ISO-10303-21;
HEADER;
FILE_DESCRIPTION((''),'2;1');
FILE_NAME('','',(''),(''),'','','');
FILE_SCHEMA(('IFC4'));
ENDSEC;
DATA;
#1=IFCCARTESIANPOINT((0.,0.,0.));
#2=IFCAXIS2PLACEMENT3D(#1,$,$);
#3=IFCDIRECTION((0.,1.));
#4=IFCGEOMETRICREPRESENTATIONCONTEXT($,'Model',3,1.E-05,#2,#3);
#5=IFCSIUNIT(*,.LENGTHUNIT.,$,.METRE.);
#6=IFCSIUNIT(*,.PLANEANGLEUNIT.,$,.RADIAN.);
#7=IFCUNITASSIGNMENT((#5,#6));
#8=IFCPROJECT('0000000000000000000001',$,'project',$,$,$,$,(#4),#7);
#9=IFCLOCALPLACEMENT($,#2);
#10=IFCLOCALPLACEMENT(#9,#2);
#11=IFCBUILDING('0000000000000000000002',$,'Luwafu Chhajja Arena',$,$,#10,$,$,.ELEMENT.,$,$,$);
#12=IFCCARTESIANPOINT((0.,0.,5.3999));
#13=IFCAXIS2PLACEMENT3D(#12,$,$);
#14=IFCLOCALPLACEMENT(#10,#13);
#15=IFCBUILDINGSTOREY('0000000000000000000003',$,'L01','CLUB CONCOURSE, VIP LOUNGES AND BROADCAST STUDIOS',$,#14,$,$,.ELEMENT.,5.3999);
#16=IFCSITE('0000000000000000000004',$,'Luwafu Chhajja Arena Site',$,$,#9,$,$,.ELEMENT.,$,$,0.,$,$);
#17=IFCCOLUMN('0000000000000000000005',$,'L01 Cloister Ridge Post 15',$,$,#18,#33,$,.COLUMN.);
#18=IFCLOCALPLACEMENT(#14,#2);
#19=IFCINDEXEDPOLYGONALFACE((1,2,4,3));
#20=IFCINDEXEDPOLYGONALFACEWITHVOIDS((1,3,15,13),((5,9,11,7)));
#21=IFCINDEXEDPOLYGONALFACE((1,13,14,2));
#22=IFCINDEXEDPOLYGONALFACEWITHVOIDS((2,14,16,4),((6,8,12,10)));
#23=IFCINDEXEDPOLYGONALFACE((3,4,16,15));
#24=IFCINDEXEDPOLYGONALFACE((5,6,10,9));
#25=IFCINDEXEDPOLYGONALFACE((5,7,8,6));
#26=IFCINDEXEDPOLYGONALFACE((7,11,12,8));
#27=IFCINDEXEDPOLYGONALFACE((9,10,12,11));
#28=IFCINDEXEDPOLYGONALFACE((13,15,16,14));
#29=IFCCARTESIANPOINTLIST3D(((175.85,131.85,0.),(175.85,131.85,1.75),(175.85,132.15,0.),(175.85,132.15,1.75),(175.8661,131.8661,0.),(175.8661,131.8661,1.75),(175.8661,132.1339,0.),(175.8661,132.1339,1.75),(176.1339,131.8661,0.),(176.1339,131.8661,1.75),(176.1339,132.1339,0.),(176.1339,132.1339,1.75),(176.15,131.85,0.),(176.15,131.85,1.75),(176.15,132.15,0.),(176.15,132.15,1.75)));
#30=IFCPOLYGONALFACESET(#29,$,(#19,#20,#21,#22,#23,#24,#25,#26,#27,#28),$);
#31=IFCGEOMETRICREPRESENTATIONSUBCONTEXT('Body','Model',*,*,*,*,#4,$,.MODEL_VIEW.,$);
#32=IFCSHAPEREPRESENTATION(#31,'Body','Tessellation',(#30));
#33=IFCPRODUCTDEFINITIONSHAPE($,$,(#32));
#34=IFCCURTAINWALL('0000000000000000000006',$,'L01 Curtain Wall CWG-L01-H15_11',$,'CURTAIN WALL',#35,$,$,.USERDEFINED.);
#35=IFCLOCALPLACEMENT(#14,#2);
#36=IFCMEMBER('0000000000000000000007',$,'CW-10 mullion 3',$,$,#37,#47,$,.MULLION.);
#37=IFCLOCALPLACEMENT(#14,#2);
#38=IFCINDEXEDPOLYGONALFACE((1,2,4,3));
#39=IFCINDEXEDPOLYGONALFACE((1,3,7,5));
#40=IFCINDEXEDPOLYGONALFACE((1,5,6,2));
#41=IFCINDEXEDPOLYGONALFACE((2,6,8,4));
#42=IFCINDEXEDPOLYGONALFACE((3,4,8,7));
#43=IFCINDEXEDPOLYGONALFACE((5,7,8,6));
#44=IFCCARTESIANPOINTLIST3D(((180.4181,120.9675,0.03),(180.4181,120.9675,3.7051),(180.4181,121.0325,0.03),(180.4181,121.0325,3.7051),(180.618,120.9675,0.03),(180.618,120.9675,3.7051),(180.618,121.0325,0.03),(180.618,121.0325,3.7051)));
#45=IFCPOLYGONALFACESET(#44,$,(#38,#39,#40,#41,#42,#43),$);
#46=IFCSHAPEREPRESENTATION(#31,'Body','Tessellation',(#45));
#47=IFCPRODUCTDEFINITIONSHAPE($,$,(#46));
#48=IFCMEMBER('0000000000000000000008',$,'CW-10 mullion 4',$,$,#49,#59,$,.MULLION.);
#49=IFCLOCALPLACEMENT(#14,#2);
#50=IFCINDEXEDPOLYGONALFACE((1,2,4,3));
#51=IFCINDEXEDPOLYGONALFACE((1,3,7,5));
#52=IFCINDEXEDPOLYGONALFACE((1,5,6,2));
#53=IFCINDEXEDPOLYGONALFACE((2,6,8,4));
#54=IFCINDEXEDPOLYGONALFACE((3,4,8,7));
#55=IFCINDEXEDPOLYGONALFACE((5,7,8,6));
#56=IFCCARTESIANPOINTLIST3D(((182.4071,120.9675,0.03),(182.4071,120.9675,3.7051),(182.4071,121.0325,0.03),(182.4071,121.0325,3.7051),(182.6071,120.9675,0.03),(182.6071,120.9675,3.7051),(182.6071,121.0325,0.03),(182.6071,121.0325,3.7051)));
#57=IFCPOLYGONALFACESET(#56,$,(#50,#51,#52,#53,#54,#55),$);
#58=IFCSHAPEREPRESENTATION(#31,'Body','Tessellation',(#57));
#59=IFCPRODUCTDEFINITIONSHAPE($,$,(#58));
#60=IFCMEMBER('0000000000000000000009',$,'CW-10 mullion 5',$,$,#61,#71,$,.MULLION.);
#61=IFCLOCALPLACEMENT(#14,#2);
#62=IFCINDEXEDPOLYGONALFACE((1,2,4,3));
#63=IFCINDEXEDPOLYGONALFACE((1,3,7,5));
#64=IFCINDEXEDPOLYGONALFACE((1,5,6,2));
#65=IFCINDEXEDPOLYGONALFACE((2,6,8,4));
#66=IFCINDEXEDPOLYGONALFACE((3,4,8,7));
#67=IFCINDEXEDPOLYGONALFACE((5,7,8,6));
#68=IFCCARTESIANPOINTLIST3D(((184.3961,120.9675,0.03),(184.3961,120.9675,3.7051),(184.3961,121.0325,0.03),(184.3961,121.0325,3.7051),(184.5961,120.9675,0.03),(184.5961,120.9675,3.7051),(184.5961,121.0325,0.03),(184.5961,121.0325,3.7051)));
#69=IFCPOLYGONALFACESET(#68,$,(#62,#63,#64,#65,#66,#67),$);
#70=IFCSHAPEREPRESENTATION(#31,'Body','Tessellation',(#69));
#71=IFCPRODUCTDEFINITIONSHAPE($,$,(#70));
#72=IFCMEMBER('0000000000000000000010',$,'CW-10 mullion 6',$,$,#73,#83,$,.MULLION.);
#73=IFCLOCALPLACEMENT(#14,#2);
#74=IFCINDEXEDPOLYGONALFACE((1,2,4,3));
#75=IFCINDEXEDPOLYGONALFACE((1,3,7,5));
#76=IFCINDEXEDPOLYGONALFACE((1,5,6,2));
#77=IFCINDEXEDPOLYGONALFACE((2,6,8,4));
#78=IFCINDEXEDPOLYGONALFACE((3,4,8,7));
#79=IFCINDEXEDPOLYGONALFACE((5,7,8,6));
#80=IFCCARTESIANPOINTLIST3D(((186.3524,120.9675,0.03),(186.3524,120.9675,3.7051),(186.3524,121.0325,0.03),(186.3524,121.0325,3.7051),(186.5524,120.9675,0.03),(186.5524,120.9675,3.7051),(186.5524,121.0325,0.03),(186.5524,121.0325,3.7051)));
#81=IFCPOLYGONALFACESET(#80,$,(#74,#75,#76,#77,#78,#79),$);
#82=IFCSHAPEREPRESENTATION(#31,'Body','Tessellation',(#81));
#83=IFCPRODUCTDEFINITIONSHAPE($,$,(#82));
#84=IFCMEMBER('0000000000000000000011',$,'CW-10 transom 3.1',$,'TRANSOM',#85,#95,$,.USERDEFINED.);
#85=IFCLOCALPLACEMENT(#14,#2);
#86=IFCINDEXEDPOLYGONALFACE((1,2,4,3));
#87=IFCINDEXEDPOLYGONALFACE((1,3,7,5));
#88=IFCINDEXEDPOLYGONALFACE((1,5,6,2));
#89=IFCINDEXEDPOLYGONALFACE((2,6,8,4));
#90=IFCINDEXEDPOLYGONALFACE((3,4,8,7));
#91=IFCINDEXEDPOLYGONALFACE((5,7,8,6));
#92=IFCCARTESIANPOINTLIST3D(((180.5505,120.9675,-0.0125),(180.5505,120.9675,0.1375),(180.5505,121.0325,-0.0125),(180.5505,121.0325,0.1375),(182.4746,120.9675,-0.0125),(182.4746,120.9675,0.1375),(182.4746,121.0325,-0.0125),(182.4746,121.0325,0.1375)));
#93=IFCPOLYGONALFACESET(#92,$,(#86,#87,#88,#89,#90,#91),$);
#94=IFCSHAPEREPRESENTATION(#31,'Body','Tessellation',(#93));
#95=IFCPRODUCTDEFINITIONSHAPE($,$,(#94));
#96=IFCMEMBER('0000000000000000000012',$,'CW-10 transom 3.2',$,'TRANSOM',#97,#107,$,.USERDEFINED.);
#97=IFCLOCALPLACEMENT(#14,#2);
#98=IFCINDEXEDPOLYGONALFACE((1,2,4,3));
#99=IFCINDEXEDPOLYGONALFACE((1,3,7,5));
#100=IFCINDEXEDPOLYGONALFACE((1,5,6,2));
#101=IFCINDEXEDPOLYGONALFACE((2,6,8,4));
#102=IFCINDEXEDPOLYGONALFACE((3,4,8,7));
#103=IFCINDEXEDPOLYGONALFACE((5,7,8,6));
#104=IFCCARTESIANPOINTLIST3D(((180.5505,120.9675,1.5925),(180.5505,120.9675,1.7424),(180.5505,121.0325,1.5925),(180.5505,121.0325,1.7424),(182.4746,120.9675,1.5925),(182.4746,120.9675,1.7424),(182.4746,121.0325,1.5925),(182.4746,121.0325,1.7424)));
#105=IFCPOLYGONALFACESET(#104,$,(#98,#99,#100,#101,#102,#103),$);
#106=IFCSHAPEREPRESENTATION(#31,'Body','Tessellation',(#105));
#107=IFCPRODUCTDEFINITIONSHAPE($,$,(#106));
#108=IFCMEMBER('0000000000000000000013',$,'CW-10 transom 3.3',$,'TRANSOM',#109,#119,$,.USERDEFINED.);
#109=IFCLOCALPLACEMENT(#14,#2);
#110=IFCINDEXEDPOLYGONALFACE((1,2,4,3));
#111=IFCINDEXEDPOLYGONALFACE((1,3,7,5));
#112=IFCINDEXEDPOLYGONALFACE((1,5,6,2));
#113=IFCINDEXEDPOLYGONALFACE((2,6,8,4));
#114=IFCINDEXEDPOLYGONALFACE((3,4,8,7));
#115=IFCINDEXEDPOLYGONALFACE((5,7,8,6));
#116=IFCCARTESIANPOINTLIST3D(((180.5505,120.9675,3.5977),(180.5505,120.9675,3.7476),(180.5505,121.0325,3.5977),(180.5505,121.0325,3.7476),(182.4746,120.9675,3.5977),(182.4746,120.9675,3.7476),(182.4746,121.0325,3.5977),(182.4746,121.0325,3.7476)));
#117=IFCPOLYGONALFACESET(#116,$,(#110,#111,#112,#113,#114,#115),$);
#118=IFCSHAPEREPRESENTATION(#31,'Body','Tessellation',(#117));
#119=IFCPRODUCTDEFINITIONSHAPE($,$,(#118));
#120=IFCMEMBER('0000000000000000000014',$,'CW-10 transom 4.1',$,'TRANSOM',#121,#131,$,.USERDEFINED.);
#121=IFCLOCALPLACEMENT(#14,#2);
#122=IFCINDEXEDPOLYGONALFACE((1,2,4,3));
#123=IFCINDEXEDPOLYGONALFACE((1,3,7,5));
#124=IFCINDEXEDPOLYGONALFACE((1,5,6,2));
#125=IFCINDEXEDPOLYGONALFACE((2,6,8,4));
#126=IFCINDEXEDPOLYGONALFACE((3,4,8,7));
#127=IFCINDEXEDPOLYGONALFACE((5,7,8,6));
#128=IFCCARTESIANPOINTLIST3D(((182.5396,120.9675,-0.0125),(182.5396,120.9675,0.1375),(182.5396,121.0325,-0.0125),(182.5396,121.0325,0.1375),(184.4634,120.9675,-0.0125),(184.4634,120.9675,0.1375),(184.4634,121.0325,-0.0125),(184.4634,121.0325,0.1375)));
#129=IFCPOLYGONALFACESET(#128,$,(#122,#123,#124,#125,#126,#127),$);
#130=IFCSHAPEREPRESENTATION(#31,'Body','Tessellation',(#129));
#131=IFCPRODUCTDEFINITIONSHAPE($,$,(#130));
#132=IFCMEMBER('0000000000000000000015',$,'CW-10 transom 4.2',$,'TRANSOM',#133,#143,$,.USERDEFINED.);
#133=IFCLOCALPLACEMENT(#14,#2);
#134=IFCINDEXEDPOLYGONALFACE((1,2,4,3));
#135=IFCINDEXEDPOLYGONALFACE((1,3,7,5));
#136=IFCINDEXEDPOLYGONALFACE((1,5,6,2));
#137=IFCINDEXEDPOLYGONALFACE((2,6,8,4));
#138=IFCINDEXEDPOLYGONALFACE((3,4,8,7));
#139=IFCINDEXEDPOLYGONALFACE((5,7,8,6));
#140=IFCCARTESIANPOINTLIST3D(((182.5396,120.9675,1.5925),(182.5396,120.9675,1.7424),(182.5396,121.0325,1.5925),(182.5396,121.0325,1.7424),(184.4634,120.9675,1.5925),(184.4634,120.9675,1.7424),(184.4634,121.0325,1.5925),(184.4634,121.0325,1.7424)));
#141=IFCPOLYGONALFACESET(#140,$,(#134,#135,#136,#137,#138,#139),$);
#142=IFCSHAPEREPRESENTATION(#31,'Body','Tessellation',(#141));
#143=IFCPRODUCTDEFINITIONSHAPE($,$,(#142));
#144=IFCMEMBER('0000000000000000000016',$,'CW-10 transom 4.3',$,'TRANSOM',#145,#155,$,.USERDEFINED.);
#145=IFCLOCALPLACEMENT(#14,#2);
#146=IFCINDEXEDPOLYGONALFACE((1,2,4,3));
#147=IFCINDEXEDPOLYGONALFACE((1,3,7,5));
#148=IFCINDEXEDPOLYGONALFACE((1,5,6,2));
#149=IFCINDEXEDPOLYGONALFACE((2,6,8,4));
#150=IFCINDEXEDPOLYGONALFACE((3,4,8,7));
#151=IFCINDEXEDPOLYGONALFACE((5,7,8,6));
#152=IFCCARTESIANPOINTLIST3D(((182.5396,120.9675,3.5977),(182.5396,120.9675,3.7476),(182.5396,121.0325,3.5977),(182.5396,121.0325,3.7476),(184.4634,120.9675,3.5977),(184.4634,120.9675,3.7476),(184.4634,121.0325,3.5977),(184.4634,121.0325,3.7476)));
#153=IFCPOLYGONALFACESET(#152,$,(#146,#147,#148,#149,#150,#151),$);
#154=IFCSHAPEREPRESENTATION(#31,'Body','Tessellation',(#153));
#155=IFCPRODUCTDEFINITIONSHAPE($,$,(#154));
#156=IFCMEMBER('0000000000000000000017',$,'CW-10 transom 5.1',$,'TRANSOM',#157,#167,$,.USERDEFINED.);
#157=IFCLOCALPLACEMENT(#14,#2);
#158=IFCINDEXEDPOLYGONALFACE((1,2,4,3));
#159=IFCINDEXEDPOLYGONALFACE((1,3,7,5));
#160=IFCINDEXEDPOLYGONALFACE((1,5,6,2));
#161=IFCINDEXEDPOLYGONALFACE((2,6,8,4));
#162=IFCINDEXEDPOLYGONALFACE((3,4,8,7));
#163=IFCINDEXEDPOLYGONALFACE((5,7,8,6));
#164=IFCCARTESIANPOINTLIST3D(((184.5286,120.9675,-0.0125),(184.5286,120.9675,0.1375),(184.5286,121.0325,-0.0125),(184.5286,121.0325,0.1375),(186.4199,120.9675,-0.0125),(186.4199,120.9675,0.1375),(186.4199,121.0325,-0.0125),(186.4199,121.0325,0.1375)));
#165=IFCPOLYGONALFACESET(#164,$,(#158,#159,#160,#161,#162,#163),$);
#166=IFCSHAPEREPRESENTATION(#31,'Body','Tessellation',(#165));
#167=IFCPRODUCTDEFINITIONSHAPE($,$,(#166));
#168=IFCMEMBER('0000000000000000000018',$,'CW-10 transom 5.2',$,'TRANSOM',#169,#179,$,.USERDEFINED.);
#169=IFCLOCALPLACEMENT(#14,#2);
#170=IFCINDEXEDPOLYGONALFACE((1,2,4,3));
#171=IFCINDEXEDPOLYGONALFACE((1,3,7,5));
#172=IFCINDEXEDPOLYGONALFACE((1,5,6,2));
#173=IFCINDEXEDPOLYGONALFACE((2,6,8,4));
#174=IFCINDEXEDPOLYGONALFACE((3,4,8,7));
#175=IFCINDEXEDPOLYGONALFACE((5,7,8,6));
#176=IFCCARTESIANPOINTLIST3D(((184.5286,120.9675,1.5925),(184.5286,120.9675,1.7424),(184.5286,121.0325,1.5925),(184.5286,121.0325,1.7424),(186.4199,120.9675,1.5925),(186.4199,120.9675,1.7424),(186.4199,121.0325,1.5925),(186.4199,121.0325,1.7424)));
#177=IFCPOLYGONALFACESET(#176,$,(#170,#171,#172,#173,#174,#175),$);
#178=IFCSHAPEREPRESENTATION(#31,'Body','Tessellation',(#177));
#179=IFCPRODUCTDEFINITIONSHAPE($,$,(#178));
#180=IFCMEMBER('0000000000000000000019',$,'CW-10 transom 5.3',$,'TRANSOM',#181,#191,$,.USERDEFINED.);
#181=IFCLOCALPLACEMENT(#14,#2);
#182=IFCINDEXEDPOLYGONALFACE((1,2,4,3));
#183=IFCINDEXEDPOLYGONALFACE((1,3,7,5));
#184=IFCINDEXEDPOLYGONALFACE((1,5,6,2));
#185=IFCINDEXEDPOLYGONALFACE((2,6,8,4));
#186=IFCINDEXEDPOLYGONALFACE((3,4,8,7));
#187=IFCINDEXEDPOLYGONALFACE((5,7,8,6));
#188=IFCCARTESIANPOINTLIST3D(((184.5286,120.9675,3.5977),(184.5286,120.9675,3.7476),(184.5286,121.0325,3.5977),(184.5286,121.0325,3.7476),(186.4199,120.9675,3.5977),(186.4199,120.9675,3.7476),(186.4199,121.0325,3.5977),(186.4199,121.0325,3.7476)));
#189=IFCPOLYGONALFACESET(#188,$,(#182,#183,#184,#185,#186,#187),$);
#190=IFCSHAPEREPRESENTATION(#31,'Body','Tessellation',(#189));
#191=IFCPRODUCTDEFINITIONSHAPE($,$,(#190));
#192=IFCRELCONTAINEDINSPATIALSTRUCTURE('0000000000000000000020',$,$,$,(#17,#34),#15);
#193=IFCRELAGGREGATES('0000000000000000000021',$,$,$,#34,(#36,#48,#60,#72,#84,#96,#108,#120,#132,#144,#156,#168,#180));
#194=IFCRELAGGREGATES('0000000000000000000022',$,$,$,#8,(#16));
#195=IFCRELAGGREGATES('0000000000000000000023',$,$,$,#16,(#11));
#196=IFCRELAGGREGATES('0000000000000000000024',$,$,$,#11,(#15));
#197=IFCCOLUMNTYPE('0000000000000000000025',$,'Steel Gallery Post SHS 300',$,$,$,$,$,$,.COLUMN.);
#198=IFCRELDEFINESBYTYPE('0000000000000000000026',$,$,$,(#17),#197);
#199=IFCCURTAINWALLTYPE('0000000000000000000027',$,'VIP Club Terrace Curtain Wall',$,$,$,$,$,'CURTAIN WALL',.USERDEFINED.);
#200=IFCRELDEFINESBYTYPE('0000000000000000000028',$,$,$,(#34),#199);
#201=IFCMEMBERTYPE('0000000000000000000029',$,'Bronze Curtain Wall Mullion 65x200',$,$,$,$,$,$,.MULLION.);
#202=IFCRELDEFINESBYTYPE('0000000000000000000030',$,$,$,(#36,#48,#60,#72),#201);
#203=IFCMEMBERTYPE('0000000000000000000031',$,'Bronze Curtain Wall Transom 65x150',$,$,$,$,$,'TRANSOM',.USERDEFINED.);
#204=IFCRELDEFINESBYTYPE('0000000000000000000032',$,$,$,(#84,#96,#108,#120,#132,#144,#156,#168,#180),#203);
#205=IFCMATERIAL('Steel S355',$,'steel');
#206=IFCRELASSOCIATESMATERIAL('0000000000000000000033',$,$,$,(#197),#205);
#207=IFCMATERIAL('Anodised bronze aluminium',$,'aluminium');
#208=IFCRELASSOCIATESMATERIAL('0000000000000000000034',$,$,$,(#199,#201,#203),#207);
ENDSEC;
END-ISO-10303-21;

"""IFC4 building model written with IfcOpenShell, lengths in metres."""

from ifc_helpers import new_model, si_unit, direction, frame, origin, origin_2d, place, context, subcontext, project, spatial, rectangle, hollow_rectangle, extrude, material, material_profile, profile_set, type_object, element, aggregate, save


model = new_model("IFC4")

# Units and contexts
model_context = context("Model", 3, precision=1e-05, world=origin(), true_north=direction((0.0, 1.0)))
body_context = subcontext(model_context, "Body", "Model", "MODEL_VIEW")
ifc_project = project(units=[si_unit("LENGTHUNIT", "METRE"), si_unit("PLANEANGLEUNIT", "RADIAN")], contexts=[model_context])

# Site, building, storey
site_placement = place(None, origin())
site = spatial("IfcSite", under=ifc_project, at=site_placement, Name="Luwafu Chhajja Arena Site", CompositionType="ELEMENT", RefElevation=0.0)
building_placement = place(site_placement, origin())
building = spatial("IfcBuilding", under=site, at=building_placement, Name="Luwafu Chhajja Arena", CompositionType="ELEMENT")
storey_placement = place(building_placement, frame((0.0, 0.0, 5.3999)))
storey = spatial("IfcBuildingStorey", under=building, at=storey_placement, Name="L01", Description="CLUB CONCOURSE, VIP LOUNGES AND BROADCAST STUDIOS", CompositionType="ELEMENT", Elevation=5.3999)

# Column
ifc_material_1 = material(Name="Steel S355", Category="steel")
ifc_material_profile_1 = material_profile(ifc_material_1, hollow_rectangle(XDim=0.3, YDim=0.3, WallThickness=0.0161, at=origin_2d()), Name="SHS 300x300x16")
ifc_profile_set_1 = profile_set([ifc_material_profile_1], Name="Steel S355")
column_type = type_object("IfcColumnType", Name="Steel Gallery Post SHS 300", PredefinedType="COLUMN", material=ifc_profile_set_1)
column_placement = place(storey_placement, frame((176.0, 132.0, 0.0), z_axis=(0.0, 0.0, 1.0), x_axis=(1.0, 0.0, 0.0)))
element("IfcColumn", 1, at=column_placement, inside=storey, type_object=column_type, Name="L01 Cloister Ridge Post 15", PredefinedType="COLUMN", context=body_context, shape_type="SweptSolid", body=[
    extrude(hollow_rectangle(XDim=0.3, YDim=0.3, WallThickness=0.0161, at=origin_2d()), origin(), (0.0, 0.0, 1.0), 1.75),
])

# Curtain wall, members
ifc_material_2 = material(Name="Anodised bronze aluminium", Category="aluminium")
curtain_wall_type = type_object("IfcCurtainWallType", Name="VIP Club Terrace Curtain Wall", ElementType="CURTAIN WALL", PredefinedType="USERDEFINED", material=ifc_material_2)
curtain_wall_placement = place(storey_placement, origin())
curtain_wall = element("IfcCurtainWall", 2, at=curtain_wall_placement, inside=storey, type_object=curtain_wall_type, Name="L01 Curtain Wall CWG-L01-H15_11", ObjectType="CURTAIN WALL", PredefinedType="USERDEFINED")
ifc_material_profile_2 = material_profile(ifc_material_2, rectangle(XDim=0.0649, YDim=0.2, at=origin_2d()), Name="CWM 65x200")
ifc_profile_set_2 = profile_set([ifc_material_profile_2], Name="Anodised bronze aluminium")
member_type_1 = type_object("IfcMemberType", Name="Bronze Curtain Wall Mullion 65x200", PredefinedType="MULLION", material=ifc_profile_set_2)
member_1_placement = place(storey_placement, frame((180.5181, 121.0, 0.03), z_axis=(0.0, 0.0, 1.0), x_axis=(0.0, 1.0, 0.0)))
member_1 = element("IfcMember", 3, at=member_1_placement, type_object=member_type_1, Name="CW-10 mullion 3", PredefinedType="MULLION", context=body_context, shape_type="SweptSolid", body=[
    extrude(rectangle(XDim=0.0649, YDim=0.2, at=origin_2d()), origin(), (0.0, 0.0, 1.0), 3.675),
])
member_2_placement = place(storey_placement, frame((182.5071, 121.0, 0.03), z_axis=(0.0, 0.0, 1.0), x_axis=(0.0, 1.0, 0.0)))
member_2 = element("IfcMember", 4, at=member_2_placement, type_object=member_type_1, Name="CW-10 mullion 4", PredefinedType="MULLION", context=body_context, shape_type="SweptSolid", body=[
    extrude(rectangle(XDim=0.0649, YDim=0.2, at=origin_2d()), origin(), (0.0, 0.0, 1.0), 3.675),
])
member_3_placement = place(storey_placement, frame((184.4961, 121.0, 0.03), z_axis=(0.0, 0.0, 1.0), x_axis=(0.0, 1.0, 0.0)))
member_3 = element("IfcMember", 5, at=member_3_placement, type_object=member_type_1, Name="CW-10 mullion 5", PredefinedType="MULLION", context=body_context, shape_type="SweptSolid", body=[
    extrude(rectangle(XDim=0.0649, YDim=0.2, at=origin_2d()), origin(), (0.0, 0.0, 1.0), 3.675),
])
member_4_placement = place(storey_placement, frame((186.4524, 121.0, 0.03), z_axis=(0.0, 0.0, 1.0), x_axis=(0.0, 1.0, 0.0)))
member_4 = element("IfcMember", 6, at=member_4_placement, type_object=member_type_1, Name="CW-10 mullion 6", PredefinedType="MULLION", context=body_context, shape_type="SweptSolid", body=[
    extrude(rectangle(XDim=0.0649, YDim=0.2, at=origin_2d()), origin(), (0.0, 0.0, 1.0), 3.675),
])
ifc_material_profile_3 = material_profile(ifc_material_2, rectangle(XDim=0.0649, YDim=0.1499, at=origin_2d()), Name="CWT 65x150")
ifc_profile_set_3 = profile_set([ifc_material_profile_3], Name="Anodised bronze aluminium")
member_type_2 = type_object("IfcMemberType", Name="Bronze Curtain Wall Transom 65x150", ElementType="TRANSOM", PredefinedType="USERDEFINED", material=ifc_profile_set_3)
member_5_placement = place(storey_placement, frame((180.5505, 121.0, 0.0625), z_axis=(1.0, 0.0, 0.0), x_axis=(0.0, 1.0, 0.0)))
member_5 = element("IfcMember", 7, at=member_5_placement, type_object=member_type_2, Name="CW-10 transom 3.1", ObjectType="TRANSOM", PredefinedType="USERDEFINED", context=body_context, shape_type="SweptSolid", body=[
    extrude(rectangle(XDim=0.0649, YDim=0.1499, at=origin_2d()), origin(), (0.0, 0.0, 1.0), 1.9241),
])
member_6_placement = place(storey_placement, frame((180.5505, 121.0, 1.6675), z_axis=(1.0, 0.0, 0.0), x_axis=(0.0, 1.0, 0.0)))
member_6 = element("IfcMember", 8, at=member_6_placement, type_object=member_type_2, Name="CW-10 transom 3.2", ObjectType="TRANSOM", PredefinedType="USERDEFINED", context=body_context, shape_type="SweptSolid", body=[
    extrude(rectangle(XDim=0.0649, YDim=0.1499, at=origin_2d()), origin(), (0.0, 0.0, 1.0), 1.9241),
])
member_7_placement = place(storey_placement, frame((180.5505, 121.0, 3.6726), z_axis=(1.0, 0.0, 0.0), x_axis=(0.0, 1.0, 0.0)))
member_7 = element("IfcMember", 9, at=member_7_placement, type_object=member_type_2, Name="CW-10 transom 3.3", ObjectType="TRANSOM", PredefinedType="USERDEFINED", context=body_context, shape_type="SweptSolid", body=[
    extrude(rectangle(XDim=0.0649, YDim=0.1499, at=origin_2d()), origin(), (0.0, 0.0, 1.0), 1.9241),
])
member_8_placement = place(storey_placement, frame((182.5396, 121.0, 0.0625), z_axis=(1.0, 0.0, 0.0), x_axis=(0.0, 1.0, 0.0)))
member_8 = element("IfcMember", 10, at=member_8_placement, type_object=member_type_2, Name="CW-10 transom 4.1", ObjectType="TRANSOM", PredefinedType="USERDEFINED", context=body_context, shape_type="SweptSolid", body=[
    extrude(rectangle(XDim=0.0649, YDim=0.1499, at=origin_2d()), origin(), (0.0, 0.0, 1.0), 1.9238),
])
member_9_placement = place(storey_placement, frame((182.5396, 121.0, 1.6675), z_axis=(1.0, 0.0, 0.0), x_axis=(0.0, 1.0, 0.0)))
member_9 = element("IfcMember", 11, at=member_9_placement, type_object=member_type_2, Name="CW-10 transom 4.2", ObjectType="TRANSOM", PredefinedType="USERDEFINED", context=body_context, shape_type="SweptSolid", body=[
    extrude(rectangle(XDim=0.0649, YDim=0.1499, at=origin_2d()), origin(), (0.0, 0.0, 1.0), 1.9238),
])
member_10_placement = place(storey_placement, frame((182.5396, 121.0, 3.6726), z_axis=(1.0, 0.0, 0.0), x_axis=(0.0, 1.0, 0.0)))
member_10 = element("IfcMember", 12, at=member_10_placement, type_object=member_type_2, Name="CW-10 transom 4.3", ObjectType="TRANSOM", PredefinedType="USERDEFINED", context=body_context, shape_type="SweptSolid", body=[
    extrude(rectangle(XDim=0.0649, YDim=0.1499, at=origin_2d()), origin(), (0.0, 0.0, 1.0), 1.9238),
])
member_11_placement = place(storey_placement, frame((184.5286, 121.0, 0.0625), z_axis=(1.0, 0.0, 0.0), x_axis=(0.0, 1.0, 0.0)))
member_11 = element("IfcMember", 13, at=member_11_placement, type_object=member_type_2, Name="CW-10 transom 5.1", ObjectType="TRANSOM", PredefinedType="USERDEFINED", context=body_context, shape_type="SweptSolid", body=[
    extrude(rectangle(XDim=0.0649, YDim=0.1499, at=origin_2d()), origin(), (0.0, 0.0, 1.0), 1.8914),
])
member_12_placement = place(storey_placement, frame((184.5286, 121.0, 1.6675), z_axis=(1.0, 0.0, 0.0), x_axis=(0.0, 1.0, 0.0)))
member_12 = element("IfcMember", 14, at=member_12_placement, type_object=member_type_2, Name="CW-10 transom 5.2", ObjectType="TRANSOM", PredefinedType="USERDEFINED", context=body_context, shape_type="SweptSolid", body=[
    extrude(rectangle(XDim=0.0649, YDim=0.1499, at=origin_2d()), origin(), (0.0, 0.0, 1.0), 1.8914),
])
member_13_placement = place(storey_placement, frame((184.5286, 121.0, 3.6726), z_axis=(1.0, 0.0, 0.0), x_axis=(0.0, 1.0, 0.0)))
member_13 = element("IfcMember", 15, at=member_13_placement, type_object=member_type_2, Name="CW-10 transom 5.3", ObjectType="TRANSOM", PredefinedType="USERDEFINED", context=body_context, shape_type="SweptSolid", body=[
    extrude(rectangle(XDim=0.0649, YDim=0.1499, at=origin_2d()), origin(), (0.0, 0.0, 1.0), 1.8914),
])
aggregate(curtain_wall, [member_1, member_2, member_3, member_4, member_5, member_6, member_7, member_8, member_9, member_10, member_11, member_12, member_13])

save(model, "model.ifc")
